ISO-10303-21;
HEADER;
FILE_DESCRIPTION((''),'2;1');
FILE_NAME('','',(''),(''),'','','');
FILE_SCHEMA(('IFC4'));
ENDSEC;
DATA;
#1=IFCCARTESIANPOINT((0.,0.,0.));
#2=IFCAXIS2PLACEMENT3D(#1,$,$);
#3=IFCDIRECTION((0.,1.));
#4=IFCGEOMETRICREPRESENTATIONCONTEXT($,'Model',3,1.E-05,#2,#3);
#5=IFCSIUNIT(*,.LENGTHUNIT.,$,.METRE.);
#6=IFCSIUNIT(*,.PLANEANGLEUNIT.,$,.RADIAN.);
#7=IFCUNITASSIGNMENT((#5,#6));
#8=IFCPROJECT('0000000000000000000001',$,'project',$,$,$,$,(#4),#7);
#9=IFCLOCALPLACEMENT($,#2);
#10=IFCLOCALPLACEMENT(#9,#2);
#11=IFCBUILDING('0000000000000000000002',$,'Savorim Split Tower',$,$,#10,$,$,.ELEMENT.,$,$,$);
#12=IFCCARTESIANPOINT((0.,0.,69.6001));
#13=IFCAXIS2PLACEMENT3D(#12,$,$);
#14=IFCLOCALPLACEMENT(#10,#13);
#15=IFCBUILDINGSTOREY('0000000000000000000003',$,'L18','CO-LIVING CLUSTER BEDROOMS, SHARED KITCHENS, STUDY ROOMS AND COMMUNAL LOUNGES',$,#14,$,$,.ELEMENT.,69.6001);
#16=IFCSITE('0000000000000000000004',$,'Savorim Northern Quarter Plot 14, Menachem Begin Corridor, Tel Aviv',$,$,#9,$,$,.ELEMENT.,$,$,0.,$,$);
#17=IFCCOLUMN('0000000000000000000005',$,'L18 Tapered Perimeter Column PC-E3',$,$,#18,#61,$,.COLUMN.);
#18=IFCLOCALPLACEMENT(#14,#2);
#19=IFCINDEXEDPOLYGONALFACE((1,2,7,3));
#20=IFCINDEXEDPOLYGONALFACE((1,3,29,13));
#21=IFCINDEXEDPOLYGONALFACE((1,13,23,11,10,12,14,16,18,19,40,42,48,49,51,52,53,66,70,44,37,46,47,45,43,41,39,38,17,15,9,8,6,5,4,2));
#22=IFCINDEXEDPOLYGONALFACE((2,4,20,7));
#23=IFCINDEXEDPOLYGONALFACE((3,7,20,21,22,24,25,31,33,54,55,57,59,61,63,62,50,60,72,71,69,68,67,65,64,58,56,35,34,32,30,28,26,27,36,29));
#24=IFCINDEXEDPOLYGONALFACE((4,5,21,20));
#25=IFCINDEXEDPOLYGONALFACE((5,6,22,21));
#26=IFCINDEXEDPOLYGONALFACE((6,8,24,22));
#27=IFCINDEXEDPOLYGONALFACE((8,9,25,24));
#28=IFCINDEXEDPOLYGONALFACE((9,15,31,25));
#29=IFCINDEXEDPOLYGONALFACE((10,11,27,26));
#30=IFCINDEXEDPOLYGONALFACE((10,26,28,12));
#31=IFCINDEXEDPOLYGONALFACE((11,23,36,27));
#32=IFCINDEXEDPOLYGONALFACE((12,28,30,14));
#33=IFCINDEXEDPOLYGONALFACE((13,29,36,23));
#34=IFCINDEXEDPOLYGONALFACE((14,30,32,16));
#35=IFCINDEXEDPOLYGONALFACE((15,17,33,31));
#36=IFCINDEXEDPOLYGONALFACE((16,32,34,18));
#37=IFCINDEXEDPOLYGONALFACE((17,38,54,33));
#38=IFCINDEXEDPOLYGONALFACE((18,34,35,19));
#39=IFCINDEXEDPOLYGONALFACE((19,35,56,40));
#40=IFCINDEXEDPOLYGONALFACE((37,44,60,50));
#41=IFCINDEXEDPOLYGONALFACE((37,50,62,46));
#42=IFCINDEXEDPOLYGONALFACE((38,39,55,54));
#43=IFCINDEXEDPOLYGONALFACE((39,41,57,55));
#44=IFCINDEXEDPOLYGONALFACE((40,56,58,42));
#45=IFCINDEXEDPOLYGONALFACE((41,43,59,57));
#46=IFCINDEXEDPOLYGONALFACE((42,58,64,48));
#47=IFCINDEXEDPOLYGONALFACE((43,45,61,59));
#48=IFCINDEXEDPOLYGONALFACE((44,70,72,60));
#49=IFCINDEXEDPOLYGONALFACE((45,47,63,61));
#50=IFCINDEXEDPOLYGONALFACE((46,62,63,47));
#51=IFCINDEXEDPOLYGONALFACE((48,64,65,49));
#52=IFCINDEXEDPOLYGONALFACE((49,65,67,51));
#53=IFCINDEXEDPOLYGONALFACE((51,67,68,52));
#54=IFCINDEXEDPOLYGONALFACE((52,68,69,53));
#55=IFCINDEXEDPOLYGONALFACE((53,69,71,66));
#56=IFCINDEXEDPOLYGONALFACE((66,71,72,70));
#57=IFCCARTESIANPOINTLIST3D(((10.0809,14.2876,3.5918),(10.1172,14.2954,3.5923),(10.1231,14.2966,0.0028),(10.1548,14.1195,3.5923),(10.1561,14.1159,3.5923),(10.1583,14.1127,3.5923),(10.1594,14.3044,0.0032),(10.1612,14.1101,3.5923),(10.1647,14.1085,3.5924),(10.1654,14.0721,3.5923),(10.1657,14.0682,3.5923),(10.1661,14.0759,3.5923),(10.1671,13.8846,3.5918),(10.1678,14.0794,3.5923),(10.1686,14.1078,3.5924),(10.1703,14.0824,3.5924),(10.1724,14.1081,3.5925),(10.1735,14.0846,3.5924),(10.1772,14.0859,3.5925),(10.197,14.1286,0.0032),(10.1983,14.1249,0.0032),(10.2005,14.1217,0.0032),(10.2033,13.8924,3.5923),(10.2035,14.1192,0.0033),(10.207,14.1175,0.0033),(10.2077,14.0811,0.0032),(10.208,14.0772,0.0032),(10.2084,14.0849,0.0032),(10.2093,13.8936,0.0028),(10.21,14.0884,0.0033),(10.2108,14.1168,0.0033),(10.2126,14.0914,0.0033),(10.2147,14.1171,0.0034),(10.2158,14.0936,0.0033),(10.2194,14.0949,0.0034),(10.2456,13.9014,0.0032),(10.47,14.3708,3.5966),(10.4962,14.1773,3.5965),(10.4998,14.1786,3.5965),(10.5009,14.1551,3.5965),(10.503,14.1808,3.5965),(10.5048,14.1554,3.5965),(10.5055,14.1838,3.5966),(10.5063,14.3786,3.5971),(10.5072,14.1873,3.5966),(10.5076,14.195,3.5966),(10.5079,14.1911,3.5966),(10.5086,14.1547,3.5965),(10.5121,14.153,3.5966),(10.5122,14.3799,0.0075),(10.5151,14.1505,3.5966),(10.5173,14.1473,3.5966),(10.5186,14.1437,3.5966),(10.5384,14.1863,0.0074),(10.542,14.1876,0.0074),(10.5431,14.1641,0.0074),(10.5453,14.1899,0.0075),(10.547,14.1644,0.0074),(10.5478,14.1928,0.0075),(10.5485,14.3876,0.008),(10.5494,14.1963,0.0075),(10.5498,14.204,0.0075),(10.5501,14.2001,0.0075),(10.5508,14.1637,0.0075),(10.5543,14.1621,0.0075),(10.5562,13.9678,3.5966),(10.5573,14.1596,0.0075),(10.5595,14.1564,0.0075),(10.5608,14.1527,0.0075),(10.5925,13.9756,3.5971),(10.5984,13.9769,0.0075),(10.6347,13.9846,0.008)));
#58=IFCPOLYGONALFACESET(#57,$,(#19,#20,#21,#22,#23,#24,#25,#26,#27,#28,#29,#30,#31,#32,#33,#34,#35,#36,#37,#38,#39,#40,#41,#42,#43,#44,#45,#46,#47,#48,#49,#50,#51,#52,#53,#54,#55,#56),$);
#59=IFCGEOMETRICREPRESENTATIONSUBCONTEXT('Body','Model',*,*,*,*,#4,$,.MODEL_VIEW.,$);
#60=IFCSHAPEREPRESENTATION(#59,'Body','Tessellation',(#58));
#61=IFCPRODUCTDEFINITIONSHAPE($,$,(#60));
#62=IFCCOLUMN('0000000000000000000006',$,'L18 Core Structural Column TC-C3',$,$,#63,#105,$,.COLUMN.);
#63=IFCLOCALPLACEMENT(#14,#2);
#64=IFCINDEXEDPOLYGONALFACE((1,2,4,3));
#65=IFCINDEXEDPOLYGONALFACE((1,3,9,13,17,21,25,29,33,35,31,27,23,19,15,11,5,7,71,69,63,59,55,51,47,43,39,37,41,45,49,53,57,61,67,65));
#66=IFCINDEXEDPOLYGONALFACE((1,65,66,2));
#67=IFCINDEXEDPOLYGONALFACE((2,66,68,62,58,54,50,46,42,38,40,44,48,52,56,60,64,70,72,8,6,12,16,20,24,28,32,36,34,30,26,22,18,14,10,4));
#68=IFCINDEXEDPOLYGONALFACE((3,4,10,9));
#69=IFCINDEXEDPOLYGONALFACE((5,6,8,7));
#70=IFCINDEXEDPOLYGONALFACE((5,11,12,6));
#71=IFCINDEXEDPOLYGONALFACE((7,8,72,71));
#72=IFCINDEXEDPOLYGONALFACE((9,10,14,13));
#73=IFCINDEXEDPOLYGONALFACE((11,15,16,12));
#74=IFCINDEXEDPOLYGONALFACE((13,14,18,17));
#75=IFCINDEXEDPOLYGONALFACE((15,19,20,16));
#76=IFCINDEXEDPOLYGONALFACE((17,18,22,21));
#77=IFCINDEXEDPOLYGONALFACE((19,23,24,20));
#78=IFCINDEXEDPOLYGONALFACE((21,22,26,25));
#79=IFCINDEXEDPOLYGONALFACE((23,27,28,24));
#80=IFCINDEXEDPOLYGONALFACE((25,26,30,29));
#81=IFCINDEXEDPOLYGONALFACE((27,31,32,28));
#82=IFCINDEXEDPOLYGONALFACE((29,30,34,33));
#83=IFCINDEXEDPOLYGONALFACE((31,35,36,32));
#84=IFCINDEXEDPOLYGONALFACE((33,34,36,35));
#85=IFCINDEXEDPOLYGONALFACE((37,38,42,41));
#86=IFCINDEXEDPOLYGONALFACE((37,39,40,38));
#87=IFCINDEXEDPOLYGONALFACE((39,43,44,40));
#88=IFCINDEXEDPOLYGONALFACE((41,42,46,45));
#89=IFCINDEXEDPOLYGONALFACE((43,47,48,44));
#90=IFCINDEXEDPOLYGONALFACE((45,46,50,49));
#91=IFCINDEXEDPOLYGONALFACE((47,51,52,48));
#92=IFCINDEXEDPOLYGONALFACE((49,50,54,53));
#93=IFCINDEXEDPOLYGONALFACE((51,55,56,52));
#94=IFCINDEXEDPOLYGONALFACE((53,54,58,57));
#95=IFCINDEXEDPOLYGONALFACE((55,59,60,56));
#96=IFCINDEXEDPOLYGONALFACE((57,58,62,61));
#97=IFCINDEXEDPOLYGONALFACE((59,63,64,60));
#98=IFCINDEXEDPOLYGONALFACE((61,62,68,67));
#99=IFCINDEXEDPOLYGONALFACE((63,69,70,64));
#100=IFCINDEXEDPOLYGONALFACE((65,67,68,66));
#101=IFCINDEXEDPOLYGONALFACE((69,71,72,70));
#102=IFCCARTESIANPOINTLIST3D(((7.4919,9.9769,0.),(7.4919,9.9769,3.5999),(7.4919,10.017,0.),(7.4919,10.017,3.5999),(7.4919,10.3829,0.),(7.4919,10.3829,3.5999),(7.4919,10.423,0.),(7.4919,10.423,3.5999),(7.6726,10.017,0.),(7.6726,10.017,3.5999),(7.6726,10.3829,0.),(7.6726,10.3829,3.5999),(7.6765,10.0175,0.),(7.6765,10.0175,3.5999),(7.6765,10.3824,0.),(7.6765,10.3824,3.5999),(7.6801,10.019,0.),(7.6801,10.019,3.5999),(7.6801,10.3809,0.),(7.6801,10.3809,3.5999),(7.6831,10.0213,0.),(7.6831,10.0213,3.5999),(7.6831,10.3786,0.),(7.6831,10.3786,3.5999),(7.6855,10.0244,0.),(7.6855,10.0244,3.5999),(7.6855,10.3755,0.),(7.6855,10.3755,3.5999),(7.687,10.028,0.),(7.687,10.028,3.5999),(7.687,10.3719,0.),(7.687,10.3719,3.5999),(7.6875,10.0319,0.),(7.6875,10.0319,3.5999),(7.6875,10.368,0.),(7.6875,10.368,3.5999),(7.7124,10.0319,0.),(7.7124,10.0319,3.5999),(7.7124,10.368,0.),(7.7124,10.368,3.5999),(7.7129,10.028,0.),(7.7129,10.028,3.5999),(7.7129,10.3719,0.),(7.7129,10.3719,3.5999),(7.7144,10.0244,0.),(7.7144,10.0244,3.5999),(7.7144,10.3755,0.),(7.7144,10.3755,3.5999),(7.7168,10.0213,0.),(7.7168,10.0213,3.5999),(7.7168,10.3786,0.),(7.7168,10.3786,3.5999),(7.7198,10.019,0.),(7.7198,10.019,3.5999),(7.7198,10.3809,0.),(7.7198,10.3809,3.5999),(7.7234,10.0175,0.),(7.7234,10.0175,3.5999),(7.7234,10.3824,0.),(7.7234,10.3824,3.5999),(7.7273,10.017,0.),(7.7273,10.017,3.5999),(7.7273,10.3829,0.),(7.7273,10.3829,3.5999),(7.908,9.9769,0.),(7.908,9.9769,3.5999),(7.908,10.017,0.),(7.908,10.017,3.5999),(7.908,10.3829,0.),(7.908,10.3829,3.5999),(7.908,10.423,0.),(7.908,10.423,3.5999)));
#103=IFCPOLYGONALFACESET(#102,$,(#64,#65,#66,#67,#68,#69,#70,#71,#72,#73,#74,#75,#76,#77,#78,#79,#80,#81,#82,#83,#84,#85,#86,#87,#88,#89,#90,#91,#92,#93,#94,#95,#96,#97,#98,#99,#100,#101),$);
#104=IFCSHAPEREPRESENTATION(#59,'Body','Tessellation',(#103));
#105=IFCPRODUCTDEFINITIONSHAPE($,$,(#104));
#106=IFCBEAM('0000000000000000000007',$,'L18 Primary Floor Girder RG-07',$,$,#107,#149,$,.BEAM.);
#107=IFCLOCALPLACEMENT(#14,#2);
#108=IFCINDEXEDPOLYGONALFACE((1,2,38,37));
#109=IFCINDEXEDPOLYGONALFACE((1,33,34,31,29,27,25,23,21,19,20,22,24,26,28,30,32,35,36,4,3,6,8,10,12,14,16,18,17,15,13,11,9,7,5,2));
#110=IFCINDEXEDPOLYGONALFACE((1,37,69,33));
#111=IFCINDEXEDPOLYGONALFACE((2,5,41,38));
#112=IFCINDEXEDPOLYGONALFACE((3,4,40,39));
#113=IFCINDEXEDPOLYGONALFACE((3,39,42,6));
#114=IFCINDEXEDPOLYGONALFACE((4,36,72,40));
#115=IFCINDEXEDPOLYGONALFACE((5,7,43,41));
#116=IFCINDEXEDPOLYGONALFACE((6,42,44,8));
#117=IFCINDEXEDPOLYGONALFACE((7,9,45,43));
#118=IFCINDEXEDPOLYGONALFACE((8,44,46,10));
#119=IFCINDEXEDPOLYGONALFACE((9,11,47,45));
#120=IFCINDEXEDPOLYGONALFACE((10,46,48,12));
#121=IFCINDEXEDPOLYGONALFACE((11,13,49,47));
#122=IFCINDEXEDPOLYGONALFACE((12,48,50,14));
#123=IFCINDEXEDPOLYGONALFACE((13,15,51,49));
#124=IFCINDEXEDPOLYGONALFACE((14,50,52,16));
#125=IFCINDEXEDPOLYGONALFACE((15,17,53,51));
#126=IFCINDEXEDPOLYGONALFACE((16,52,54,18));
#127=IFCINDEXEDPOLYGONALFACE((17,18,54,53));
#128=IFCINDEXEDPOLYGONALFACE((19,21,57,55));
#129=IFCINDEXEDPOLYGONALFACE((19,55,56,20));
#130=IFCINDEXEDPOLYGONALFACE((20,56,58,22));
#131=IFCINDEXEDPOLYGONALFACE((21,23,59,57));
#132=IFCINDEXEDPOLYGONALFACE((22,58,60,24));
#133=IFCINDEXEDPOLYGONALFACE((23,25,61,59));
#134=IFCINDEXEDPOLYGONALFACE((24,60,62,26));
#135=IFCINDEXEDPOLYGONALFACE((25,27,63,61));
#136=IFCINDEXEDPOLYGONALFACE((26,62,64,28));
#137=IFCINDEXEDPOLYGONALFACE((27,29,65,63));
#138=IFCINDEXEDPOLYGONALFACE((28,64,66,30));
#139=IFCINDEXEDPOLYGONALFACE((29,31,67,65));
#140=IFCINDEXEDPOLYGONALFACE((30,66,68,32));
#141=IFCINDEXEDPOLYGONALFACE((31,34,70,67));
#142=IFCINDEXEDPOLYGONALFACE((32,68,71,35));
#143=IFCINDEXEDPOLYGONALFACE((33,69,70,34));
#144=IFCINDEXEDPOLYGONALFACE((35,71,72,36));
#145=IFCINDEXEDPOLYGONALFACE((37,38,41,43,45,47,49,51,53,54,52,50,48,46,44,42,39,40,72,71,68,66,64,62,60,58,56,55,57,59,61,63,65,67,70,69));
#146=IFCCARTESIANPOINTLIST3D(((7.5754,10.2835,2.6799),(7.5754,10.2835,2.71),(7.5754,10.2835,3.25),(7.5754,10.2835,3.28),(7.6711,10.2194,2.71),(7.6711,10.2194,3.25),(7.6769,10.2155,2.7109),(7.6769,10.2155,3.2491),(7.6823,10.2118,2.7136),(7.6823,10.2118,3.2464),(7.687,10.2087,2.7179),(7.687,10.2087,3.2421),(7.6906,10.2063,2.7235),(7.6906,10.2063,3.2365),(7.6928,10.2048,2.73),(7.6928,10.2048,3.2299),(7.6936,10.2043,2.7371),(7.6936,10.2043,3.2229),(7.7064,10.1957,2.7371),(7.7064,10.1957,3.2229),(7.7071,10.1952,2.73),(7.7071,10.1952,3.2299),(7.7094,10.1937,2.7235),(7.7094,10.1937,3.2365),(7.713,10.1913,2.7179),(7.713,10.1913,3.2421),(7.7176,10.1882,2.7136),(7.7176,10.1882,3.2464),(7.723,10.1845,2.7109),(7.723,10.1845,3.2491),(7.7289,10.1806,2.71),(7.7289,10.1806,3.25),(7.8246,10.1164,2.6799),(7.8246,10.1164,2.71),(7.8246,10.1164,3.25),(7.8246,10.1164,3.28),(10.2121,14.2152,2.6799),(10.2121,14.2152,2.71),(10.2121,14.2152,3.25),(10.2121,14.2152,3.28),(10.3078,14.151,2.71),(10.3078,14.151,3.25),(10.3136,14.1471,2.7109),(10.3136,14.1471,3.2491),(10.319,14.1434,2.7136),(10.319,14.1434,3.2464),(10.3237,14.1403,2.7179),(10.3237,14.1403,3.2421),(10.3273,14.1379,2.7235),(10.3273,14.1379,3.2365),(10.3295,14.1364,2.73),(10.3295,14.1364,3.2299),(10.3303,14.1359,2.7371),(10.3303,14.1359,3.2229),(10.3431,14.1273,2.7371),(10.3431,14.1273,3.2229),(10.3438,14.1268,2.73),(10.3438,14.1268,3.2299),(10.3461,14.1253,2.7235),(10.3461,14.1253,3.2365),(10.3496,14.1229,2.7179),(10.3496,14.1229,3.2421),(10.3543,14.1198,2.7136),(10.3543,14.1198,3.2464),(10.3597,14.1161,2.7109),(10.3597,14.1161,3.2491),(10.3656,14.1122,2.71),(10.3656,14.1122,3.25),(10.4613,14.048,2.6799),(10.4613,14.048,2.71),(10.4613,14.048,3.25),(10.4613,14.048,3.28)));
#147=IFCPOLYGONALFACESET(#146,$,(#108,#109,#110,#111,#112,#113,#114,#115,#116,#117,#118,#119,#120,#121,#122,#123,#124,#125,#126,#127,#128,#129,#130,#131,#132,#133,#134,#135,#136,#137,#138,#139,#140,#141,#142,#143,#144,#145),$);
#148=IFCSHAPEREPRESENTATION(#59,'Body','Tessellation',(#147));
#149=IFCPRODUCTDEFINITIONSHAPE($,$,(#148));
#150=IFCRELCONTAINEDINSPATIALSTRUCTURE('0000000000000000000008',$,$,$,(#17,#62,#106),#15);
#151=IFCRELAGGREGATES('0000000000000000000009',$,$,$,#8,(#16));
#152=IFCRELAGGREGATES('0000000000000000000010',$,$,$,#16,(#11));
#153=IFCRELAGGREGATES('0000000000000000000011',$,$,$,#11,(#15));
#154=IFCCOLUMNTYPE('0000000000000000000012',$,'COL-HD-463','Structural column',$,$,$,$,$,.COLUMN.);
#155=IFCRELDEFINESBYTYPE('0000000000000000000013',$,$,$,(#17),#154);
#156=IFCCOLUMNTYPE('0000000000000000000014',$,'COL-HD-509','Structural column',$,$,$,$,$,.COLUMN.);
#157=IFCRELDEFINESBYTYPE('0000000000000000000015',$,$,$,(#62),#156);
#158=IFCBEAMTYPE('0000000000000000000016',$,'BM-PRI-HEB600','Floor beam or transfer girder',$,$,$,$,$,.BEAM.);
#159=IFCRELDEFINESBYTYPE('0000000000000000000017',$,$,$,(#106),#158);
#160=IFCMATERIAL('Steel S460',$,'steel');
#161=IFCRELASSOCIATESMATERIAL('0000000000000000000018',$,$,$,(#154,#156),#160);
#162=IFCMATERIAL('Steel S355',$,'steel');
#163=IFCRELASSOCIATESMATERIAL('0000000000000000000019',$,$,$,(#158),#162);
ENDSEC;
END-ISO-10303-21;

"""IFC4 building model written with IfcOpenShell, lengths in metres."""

from ifc_helpers import new_model, si_unit, direction, frame, origin, origin_2d, place, context, subcontext, project, spatial, i_section, extrude, material, material_profile, profile_set, type_object, element, save


model = new_model("IFC4")

# Units and contexts
model_context = context("Model", 3, precision=1e-05, world=origin(), true_north=direction((0.0, 1.0)))
body_context = subcontext(model_context, "Body", "Model", "MODEL_VIEW")
ifc_project = project(units=[si_unit("LENGTHUNIT", "METRE"), si_unit("PLANEANGLEUNIT", "RADIAN")], contexts=[model_context])

# Site, building, storey
site_placement = place(None, origin())
site = spatial("IfcSite", under=ifc_project, at=site_placement, Name="Savorim Northern Quarter Plot 14, Menachem Begin Corridor, Tel Aviv", CompositionType="ELEMENT", RefElevation=0.0)
building_placement = place(site_placement, origin())
building = spatial("IfcBuilding", under=site, at=building_placement, Name="Savorim Split Tower", CompositionType="ELEMENT")
storey_placement = place(building_placement, frame((0.0, 0.0, 69.6001)))
storey = spatial("IfcBuildingStorey", under=building, at=storey_placement, Name="L18", Description="CO-LIVING CLUSTER BEDROOMS, SHARED KITCHENS, STUDY ROOMS AND COMMUNAL LOUNGES", CompositionType="ELEMENT", Elevation=69.6001)

# Columns
ifc_material_1 = material(Name="Steel S460", Category="steel")
ifc_material_profile_1 = material_profile(ifc_material_1, i_section(OverallWidth=0.4121, OverallDepth=0.4351, WebThickness=0.0227, FlangeThickness=0.0371, FilletRadius=0.0149, at=origin_2d()), Name="HD 400x463")
ifc_profile_set_1 = profile_set([ifc_material_profile_1], Name="Steel S460")
column_type_1 = type_object("IfcColumnType", Name="COL-HD-463", Description="Structural column", PredefinedType="COLUMN", material=ifc_profile_set_1)
column_1_placement = place(storey_placement, frame((10.3789, 14.1406, 0.0054), z_axis=(-0.011767, -0.002517, 0.999928), x_axis=(0.209143, -0.977885, 0.0)))
element("IfcColumn", 1, at=column_1_placement, inside=storey, type_object=column_type_1, Name="L18 Tapered Perimeter Column PC-E3", PredefinedType="COLUMN", context=body_context, shape_type="SweptSolid", body=[
    extrude(i_section(OverallWidth=0.4121, OverallDepth=0.4351, WebThickness=0.0227, FlangeThickness=0.0371, FilletRadius=0.0149, at=origin_2d()), origin(), (0.0, 0.0, 1.0), 3.5894),
])
ifc_material_profile_2 = material_profile(ifc_material_1, i_section(OverallWidth=0.416, OverallDepth=0.446, WebThickness=0.0249, FlangeThickness=0.04, FilletRadius=0.0149, at=origin_2d()), Name="HD 400x509")
ifc_profile_set_2 = profile_set([ifc_material_profile_2], Name="Steel S460")
column_type_2 = type_object("IfcColumnType", Name="COL-HD-509", Description="Structural column", PredefinedType="COLUMN", material=ifc_profile_set_2)
column_2_placement = place(storey_placement, frame((7.7, 10.2, 0.0), z_axis=(0.0, 0.0, 1.0), x_axis=(1.0, 0.0, 0.0)))
element("IfcColumn", 2, at=column_2_placement, inside=storey, type_object=column_type_2, Name="L18 Core Structural Column TC-C3", PredefinedType="COLUMN", context=body_context, shape_type="SweptSolid", body=[
    extrude(i_section(OverallWidth=0.416, OverallDepth=0.446, WebThickness=0.0249, FlangeThickness=0.04, FilletRadius=0.0149, at=origin_2d()), origin(), (0.0, 0.0, 1.0), 3.5999),
])

# Beam
ifc_material_2 = material(Name="Steel S355", Category="steel")
ifc_material_profile_3 = material_profile(ifc_material_2, i_section(OverallWidth=0.3, OverallDepth=0.6001, WebThickness=0.0154, FlangeThickness=0.03, FilletRadius=0.0271, at=origin_2d()), Name="HEB 600")
ifc_profile_set_3 = profile_set([ifc_material_profile_3], Name="Steel S355")
beam_type_1 = type_object("IfcBeamType", Name="BM-PRI-HEB600", Description="Floor beam or transfer girder", PredefinedType="BEAM", material=ifc_profile_set_3)
beam_1_placement = place(storey_placement, frame((10.3367, 14.1316, 2.98), z_axis=(-0.556983, -0.830524, 0.0), x_axis=(0.830524, -0.556983, 0.0)))
element("IfcBeam", 3, at=beam_1_placement, inside=storey, type_object=beam_type_1, Name="L18 Primary Floor Girder RG-07", PredefinedType="BEAM", context=body_context, shape_type="SweptSolid", body=[
    extrude(i_section(OverallWidth=0.3, OverallDepth=0.6001, WebThickness=0.0154, FlangeThickness=0.03, FilletRadius=0.0271, at=origin_2d()), origin(), (0.0, 0.0, 1.0), 4.7339),
])

save(model, "model.ifc")
